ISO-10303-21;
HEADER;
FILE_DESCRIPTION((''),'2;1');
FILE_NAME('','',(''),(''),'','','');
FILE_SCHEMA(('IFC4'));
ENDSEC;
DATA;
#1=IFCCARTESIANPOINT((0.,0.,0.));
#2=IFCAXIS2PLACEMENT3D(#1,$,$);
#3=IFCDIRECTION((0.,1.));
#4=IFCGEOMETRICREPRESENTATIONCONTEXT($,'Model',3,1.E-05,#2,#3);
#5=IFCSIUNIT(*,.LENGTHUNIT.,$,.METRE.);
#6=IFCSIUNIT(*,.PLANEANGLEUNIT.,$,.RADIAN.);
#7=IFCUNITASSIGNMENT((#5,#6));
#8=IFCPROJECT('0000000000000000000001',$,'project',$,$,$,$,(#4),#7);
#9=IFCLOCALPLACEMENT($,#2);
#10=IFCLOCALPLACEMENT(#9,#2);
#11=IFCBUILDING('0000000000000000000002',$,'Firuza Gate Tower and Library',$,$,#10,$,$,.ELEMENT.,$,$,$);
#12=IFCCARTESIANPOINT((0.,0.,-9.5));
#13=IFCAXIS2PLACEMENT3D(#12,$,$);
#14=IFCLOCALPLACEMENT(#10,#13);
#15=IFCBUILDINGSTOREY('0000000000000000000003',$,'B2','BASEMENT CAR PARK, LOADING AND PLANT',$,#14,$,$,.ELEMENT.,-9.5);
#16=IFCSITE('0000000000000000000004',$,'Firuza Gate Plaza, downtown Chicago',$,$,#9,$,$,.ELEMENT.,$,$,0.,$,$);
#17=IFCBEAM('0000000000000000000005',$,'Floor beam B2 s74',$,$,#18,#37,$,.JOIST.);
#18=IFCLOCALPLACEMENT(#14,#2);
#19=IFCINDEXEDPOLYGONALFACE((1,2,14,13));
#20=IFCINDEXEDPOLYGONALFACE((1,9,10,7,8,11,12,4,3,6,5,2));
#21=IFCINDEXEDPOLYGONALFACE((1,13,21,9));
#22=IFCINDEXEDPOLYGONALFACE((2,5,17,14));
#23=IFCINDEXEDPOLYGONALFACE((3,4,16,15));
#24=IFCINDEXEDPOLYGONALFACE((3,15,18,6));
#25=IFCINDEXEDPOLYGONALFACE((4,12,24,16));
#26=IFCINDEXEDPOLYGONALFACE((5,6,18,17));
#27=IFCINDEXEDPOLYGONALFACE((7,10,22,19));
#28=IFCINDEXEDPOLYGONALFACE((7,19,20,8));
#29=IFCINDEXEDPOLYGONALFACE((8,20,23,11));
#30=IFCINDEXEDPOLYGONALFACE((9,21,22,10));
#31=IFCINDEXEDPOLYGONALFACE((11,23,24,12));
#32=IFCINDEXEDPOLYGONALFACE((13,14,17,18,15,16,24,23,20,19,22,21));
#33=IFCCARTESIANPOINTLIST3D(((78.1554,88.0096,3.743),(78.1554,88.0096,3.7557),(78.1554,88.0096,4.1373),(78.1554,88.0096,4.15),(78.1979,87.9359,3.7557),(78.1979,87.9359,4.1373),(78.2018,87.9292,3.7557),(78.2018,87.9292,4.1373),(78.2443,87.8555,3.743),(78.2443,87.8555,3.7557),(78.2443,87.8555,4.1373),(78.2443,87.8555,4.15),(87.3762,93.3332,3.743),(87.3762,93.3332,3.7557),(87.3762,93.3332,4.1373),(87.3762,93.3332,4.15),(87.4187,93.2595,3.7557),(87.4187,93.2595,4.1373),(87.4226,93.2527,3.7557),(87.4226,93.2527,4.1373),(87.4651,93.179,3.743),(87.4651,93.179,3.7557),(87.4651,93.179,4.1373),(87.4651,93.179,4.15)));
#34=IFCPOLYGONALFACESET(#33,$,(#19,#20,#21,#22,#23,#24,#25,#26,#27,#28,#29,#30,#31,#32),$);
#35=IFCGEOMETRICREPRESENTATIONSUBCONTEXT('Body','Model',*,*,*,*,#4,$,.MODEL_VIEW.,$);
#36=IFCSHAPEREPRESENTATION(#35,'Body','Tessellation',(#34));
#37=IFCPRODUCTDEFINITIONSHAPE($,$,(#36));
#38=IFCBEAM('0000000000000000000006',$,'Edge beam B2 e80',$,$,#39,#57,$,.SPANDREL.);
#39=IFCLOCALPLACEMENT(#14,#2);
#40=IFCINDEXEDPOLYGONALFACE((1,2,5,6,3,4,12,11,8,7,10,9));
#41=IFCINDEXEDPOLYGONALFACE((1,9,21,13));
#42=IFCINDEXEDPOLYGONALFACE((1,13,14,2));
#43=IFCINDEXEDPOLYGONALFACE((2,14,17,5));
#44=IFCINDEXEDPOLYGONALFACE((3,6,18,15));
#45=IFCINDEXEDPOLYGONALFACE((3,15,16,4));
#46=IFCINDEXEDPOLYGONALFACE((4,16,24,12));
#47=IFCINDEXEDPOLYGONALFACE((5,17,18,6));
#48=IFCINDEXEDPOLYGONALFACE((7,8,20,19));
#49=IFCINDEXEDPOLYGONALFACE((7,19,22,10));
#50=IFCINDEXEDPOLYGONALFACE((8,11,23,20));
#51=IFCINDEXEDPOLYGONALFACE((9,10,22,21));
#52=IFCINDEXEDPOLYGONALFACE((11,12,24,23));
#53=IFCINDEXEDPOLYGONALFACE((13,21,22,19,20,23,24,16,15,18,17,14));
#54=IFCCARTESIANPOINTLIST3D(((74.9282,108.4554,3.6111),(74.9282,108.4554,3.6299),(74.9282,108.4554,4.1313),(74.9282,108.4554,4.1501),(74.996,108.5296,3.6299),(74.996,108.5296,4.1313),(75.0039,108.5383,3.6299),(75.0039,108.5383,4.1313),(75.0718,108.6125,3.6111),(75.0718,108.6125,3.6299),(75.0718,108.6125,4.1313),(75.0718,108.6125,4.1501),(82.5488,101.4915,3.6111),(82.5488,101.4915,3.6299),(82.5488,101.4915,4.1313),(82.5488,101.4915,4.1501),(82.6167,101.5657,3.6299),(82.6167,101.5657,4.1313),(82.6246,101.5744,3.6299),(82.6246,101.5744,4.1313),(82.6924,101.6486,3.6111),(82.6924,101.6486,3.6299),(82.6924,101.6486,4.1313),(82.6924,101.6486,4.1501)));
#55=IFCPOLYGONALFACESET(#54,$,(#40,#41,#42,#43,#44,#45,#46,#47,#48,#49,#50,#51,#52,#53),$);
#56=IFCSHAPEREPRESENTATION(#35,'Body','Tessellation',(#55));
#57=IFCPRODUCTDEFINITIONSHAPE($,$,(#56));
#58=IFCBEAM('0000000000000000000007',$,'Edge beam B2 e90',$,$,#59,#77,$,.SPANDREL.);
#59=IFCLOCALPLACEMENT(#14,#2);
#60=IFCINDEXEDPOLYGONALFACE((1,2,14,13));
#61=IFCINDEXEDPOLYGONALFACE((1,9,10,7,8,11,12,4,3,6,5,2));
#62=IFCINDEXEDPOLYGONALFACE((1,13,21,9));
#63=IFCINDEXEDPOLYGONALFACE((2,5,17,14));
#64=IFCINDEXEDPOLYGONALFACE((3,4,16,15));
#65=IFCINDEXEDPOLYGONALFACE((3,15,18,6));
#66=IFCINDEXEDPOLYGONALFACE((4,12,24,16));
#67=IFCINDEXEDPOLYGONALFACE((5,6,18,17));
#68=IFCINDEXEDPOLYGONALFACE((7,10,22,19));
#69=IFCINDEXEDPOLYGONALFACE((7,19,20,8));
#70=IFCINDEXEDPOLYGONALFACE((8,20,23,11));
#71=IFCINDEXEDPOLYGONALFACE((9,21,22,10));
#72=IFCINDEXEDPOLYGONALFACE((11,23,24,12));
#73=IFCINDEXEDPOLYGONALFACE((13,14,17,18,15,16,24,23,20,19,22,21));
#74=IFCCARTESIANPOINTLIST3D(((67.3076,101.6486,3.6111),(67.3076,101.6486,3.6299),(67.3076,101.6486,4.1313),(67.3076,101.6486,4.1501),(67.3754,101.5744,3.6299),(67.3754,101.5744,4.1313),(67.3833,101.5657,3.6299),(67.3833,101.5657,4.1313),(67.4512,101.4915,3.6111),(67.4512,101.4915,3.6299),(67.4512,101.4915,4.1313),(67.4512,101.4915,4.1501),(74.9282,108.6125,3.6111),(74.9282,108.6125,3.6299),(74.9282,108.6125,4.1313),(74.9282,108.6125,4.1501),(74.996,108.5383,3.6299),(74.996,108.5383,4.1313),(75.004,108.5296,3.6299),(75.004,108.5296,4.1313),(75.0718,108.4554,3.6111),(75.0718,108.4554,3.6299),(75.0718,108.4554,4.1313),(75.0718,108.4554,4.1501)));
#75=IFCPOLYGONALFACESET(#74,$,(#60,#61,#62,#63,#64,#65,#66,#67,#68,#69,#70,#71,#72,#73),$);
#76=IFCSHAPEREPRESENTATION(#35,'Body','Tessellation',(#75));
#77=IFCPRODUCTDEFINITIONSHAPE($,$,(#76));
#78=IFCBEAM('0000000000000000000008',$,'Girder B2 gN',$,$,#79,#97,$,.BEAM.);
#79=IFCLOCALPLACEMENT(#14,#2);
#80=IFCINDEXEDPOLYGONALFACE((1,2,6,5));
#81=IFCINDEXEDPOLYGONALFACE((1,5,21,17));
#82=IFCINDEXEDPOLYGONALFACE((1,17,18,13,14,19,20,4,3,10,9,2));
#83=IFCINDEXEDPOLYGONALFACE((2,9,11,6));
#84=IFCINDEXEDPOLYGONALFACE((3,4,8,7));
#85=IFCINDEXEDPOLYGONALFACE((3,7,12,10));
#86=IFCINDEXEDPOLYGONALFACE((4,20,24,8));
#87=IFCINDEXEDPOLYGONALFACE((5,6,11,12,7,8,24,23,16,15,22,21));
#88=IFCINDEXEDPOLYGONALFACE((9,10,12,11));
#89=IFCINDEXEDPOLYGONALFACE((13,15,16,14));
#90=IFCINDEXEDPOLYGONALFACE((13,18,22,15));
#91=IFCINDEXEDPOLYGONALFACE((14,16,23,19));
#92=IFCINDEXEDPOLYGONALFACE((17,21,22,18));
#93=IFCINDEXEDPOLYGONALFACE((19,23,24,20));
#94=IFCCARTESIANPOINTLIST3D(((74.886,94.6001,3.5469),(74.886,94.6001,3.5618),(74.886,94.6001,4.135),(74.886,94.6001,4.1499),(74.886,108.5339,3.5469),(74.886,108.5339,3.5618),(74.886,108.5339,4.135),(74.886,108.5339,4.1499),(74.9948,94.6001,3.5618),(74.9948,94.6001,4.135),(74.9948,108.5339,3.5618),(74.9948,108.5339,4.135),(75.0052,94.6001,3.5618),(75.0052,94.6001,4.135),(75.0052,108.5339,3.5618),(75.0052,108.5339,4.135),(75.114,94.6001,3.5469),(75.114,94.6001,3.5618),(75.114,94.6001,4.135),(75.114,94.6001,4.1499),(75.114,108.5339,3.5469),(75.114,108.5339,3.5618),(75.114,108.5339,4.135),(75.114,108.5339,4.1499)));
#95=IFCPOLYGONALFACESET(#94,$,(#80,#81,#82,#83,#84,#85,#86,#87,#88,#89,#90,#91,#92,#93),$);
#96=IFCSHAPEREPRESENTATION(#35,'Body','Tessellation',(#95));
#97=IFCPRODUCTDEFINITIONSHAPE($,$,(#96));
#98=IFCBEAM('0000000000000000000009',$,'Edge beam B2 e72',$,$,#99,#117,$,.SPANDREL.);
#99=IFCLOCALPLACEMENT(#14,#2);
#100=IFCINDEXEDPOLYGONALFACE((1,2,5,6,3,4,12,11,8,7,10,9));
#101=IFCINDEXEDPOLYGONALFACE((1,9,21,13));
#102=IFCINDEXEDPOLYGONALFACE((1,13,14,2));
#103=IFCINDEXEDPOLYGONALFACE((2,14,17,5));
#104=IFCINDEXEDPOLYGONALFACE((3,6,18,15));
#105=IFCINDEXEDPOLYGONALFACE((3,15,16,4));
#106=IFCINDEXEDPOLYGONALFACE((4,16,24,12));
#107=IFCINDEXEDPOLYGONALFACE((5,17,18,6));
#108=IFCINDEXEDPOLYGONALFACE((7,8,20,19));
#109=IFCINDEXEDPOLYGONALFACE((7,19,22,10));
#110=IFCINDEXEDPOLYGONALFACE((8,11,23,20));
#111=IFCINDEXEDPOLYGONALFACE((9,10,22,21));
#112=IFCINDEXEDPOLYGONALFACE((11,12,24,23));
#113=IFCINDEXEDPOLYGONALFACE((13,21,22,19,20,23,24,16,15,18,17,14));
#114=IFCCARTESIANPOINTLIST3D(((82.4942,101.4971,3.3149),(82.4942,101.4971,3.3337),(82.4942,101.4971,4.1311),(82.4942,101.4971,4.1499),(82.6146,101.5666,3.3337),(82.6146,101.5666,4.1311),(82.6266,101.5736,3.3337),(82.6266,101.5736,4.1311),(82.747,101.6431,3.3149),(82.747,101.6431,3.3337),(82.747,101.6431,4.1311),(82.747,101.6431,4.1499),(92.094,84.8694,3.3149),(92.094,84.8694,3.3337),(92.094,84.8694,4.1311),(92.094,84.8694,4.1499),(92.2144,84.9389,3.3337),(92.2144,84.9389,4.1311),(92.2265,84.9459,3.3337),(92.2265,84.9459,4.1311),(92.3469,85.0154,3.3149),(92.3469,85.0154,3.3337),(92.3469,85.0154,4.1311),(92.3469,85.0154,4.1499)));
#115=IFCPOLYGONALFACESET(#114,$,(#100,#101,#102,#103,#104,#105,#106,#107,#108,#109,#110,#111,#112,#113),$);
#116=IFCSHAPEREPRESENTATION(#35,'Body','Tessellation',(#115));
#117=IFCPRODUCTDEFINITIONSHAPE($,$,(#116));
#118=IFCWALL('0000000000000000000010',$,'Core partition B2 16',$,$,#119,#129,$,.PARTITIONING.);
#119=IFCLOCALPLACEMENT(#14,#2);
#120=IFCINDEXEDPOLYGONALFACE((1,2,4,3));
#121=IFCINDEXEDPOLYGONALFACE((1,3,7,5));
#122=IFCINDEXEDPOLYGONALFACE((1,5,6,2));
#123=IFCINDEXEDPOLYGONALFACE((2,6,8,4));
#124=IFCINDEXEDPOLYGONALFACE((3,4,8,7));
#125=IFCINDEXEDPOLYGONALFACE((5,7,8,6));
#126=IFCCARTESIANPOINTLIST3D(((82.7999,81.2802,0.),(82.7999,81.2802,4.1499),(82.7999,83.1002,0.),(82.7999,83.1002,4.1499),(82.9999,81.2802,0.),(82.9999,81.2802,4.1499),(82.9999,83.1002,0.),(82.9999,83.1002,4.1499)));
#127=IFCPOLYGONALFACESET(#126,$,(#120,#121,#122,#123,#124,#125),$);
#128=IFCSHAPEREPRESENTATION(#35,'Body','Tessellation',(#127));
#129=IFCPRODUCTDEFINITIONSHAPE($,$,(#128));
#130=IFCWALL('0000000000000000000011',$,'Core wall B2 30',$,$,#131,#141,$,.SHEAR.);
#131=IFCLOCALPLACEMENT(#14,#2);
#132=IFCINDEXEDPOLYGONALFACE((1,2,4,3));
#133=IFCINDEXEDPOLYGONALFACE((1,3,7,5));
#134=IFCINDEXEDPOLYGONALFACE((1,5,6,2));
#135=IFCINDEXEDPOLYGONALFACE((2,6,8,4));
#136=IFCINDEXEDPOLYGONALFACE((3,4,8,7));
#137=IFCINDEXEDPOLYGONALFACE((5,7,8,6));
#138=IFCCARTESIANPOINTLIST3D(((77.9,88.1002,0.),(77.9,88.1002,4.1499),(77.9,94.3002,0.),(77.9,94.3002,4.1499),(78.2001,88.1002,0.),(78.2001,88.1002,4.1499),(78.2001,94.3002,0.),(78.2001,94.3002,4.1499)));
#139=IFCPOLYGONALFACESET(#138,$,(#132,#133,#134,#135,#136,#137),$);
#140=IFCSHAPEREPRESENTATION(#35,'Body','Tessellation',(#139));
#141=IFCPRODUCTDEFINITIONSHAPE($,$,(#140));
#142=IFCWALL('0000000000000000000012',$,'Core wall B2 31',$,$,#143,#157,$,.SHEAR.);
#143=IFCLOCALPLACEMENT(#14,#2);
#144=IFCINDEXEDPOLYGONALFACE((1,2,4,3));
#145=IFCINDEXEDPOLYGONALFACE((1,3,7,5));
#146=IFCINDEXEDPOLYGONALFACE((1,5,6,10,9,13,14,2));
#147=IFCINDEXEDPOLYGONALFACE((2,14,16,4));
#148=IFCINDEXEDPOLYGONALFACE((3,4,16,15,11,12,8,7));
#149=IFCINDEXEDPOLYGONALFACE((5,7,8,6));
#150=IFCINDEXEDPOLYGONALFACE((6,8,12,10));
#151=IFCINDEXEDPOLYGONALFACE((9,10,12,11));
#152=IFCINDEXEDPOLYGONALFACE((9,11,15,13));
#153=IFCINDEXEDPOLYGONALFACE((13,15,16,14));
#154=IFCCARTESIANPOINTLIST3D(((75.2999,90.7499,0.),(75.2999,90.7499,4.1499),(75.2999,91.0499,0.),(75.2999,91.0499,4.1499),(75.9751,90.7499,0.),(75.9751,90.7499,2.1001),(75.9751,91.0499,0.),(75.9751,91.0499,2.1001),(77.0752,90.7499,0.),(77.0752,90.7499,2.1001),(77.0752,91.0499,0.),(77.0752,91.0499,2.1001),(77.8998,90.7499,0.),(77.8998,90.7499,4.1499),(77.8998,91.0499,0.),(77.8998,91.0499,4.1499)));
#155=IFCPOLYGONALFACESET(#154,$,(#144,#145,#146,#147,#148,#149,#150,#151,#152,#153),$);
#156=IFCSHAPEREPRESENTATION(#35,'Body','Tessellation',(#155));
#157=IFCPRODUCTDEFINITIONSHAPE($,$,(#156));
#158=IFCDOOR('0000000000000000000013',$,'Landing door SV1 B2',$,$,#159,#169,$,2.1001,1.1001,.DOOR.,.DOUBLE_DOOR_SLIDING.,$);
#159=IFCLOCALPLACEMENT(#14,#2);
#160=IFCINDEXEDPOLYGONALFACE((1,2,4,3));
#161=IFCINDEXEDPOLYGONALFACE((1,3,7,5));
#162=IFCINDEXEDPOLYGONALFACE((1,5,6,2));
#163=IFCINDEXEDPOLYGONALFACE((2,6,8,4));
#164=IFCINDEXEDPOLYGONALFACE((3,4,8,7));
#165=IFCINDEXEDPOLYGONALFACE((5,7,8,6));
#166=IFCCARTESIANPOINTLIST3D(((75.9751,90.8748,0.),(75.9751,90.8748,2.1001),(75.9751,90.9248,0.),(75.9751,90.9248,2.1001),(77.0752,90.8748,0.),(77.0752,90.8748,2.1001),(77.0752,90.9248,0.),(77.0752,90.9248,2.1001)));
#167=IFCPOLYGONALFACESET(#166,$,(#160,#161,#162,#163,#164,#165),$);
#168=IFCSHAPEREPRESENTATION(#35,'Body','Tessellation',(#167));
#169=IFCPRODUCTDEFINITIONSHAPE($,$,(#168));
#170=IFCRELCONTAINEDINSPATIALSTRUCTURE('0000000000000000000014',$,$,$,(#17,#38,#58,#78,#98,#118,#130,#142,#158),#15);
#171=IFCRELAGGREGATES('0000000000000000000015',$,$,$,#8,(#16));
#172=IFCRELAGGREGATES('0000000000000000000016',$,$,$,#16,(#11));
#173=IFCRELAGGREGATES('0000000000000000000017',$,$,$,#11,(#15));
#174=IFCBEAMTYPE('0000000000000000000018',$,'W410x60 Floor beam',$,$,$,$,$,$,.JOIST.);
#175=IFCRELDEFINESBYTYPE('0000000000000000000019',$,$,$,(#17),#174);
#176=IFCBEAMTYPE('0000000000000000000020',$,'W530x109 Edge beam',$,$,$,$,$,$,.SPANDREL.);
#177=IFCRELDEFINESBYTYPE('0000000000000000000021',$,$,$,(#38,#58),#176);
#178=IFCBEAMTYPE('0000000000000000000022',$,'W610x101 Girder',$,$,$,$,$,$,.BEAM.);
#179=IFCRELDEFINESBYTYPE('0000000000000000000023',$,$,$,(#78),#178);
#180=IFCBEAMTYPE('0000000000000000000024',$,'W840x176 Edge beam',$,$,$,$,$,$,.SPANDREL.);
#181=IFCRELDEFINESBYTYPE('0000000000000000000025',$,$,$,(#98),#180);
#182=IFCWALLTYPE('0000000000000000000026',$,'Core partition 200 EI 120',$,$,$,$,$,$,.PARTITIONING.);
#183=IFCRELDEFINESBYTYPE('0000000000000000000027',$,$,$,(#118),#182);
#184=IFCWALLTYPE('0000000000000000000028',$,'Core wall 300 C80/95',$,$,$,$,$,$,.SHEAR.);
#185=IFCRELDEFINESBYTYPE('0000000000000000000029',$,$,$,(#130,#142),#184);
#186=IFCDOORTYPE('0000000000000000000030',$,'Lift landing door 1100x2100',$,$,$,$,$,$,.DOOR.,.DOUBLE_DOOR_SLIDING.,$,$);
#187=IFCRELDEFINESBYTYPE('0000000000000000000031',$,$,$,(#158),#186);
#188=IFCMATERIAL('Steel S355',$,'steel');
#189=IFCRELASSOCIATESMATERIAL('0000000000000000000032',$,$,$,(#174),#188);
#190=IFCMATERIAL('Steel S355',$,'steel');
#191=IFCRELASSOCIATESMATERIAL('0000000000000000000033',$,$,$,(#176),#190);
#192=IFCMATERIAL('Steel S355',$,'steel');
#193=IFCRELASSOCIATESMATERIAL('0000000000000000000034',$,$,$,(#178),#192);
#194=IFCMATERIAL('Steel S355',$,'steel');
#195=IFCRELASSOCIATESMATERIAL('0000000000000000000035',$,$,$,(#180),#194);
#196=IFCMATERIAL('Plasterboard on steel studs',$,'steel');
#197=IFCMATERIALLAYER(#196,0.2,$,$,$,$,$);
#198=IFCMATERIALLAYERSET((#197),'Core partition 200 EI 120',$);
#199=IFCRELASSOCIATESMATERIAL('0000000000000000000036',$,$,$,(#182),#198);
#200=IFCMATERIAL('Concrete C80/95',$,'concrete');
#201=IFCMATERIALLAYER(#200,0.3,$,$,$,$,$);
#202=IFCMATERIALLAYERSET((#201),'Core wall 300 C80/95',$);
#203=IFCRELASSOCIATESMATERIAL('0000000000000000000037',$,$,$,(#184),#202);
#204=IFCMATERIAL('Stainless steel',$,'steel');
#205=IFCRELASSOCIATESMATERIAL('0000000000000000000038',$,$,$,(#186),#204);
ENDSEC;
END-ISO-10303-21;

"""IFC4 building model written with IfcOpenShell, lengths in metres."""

from ifc_helpers import new_model, si_unit, direction, frame, frame_2d, origin, origin_2d, place, context, subcontext, project, spatial, rectangle, i_section, extrude, material, layer, layer_set, material_profile, profile_set, type_object, element, fill, save


model = new_model("IFC4")

# Units and contexts
model_context = context("Model", 3, precision=1e-05, world=origin(), true_north=direction((0.0, 1.0)))
body_context = subcontext(model_context, "Body", "Model", "MODEL_VIEW")
ifc_project = project(units=[si_unit("LENGTHUNIT", "METRE"), si_unit("PLANEANGLEUNIT", "RADIAN")], contexts=[model_context])

# Site, building, storey
site_placement = place(None, origin())
site = spatial("IfcSite", under=ifc_project, at=site_placement, Name="Firuza Gate Plaza, downtown Chicago", CompositionType="ELEMENT", RefElevation=0.0)
building_placement = place(site_placement, origin())
building = spatial("IfcBuilding", under=site, at=building_placement, Name="Firuza Gate Tower and Library", CompositionType="ELEMENT")
storey_placement = place(building_placement, frame((0.0, 0.0, -9.5)))
storey = spatial("IfcBuildingStorey", under=building, at=storey_placement, Name="B2", Description="BASEMENT CAR PARK, LOADING AND PLANT", CompositionType="ELEMENT", Elevation=-9.5)

# Beams
ifc_material_1 = material(Name="Steel S355", Category="steel")
ifc_material_profile_1 = material_profile(ifc_material_1, i_section(OverallWidth=0.178, OverallDepth=0.407, WebThickness=0.0078, FlangeThickness=0.0127, at=origin_2d()))
ifc_profile_set_1 = profile_set([ifc_material_profile_1], Name="Steel S355")
beam_type_1 = type_object("IfcBeamType", Name="W410x60 Floor beam", PredefinedType="JOIST", material=ifc_profile_set_1)
beam_1_placement = place(storey_placement, frame((87.4207, 93.2561, 3.9465), z_axis=(-0.866029, -0.499994, 0.0), x_axis=(0.499994, -0.866029, 0.0)))
element("IfcBeam", 1, at=beam_1_placement, inside=storey, type_object=beam_type_1, Name="Floor beam B2 s74", PredefinedType="JOIST", context=body_context, shape_type="SweptSolid", body=[
    extrude(i_section(OverallWidth=0.178, OverallDepth=0.407, WebThickness=0.0078, FlangeThickness=0.0127, at=origin_2d()), origin(), (0.0, 0.0, 1.0), 10.6472),
])
ifc_material_2 = material(Name="Steel S355", Category="steel")
ifc_material_profile_2 = material_profile(ifc_material_2, i_section(OverallWidth=0.2129, OverallDepth=0.5391, WebThickness=0.0117, FlangeThickness=0.0188, at=origin_2d()))
ifc_profile_set_2 = profile_set([ifc_material_profile_2], Name="Steel S355")
beam_type_2 = type_object("IfcBeamType", Name="W530x109 Edge beam", PredefinedType="SPANDREL", material=ifc_profile_set_2)
for number, where, z_axis, x_axis, name in (
    (2, (82.6206, 101.5701, 3.8806), (-0.7382, 0.674582, 0.0), (-0.674582, -0.7382, 0.0), "Edge beam B2 e80"),
    (3, (75.0, 108.5339, 3.8806), (-0.7382, -0.674582, 0.0), (0.674582, -0.7382, 0.0), "Edge beam B2 e90"),
):
    element("IfcBeam", number, at=place(storey_placement, frame(where, z_axis=z_axis, x_axis=x_axis)), inside=storey, type_object=beam_type_2, Name=name, PredefinedType="SPANDREL", context=body_context, shape_type="SweptSolid", body=[
        extrude(i_section(OverallWidth=0.2129, OverallDepth=0.5391, WebThickness=0.0117, FlangeThickness=0.0188, at=origin_2d()), origin(), (0.0, 0.0, 1.0), 10.3232),
    ])
ifc_material_3 = material(Name="Steel S355", Category="steel")
ifc_material_profile_3 = material_profile(ifc_material_3, i_section(OverallWidth=0.228, OverallDepth=0.603, WebThickness=0.0105, FlangeThickness=0.0149, at=origin_2d()))
ifc_profile_set_3 = profile_set([ifc_material_profile_3], Name="Steel S355")
beam_type_3 = type_object("IfcBeamType", Name="W610x101 Girder", PredefinedType="BEAM", material=ifc_profile_set_3)
beam_2_placement = place(storey_placement, frame((75.0, 108.5339, 3.8484), z_axis=(0.0, -1.0, 0.0), x_axis=(1.0, 0.0, 0.0)))
element("IfcBeam", 4, at=beam_2_placement, inside=storey, type_object=beam_type_3, Name="Girder B2 gN", PredefinedType="BEAM", context=body_context, shape_type="SweptSolid", body=[
    extrude(i_section(OverallWidth=0.228, OverallDepth=0.603, WebThickness=0.0105, FlangeThickness=0.0149, at=origin_2d()), origin(), (0.0, 0.0, 1.0), 13.9338),
])
ifc_material_4 = material(Name="Steel S355", Category="steel")
ifc_material_profile_4 = material_profile(ifc_material_4, i_section(OverallWidth=0.292, OverallDepth=0.835, WebThickness=0.0139, FlangeThickness=0.0188, at=origin_2d()))
ifc_profile_set_4 = profile_set([ifc_material_profile_4], Name="Steel S355")
beam_type_4 = type_object("IfcBeamType", Name="W840x176 Edge beam", PredefinedType="SPANDREL", material=ifc_profile_set_4)
beam_3_placement = place(storey_placement, frame((92.2205, 84.9424, 3.7324), z_axis=(-0.499994, 0.866029, 0.0), x_axis=(-0.866029, -0.499994, 0.0)))
element("IfcBeam", 5, at=beam_3_placement, inside=storey, type_object=beam_type_4, Name="Edge beam B2 e72", PredefinedType="SPANDREL", context=body_context, shape_type="SweptSolid", body=[
    extrude(i_section(OverallWidth=0.292, OverallDepth=0.835, WebThickness=0.0139, FlangeThickness=0.0188, at=origin_2d()), origin(), (0.0, 0.0, 1.0), 19.2),
])

# Walls
ifc_material_5 = material(Name="Plasterboard on steel studs", Category="steel")
ifc_layer_1 = layer(ifc_material_5, 0.2)
ifc_layer_set_1 = layer_set([ifc_layer_1], Name="Core partition 200 EI 120")
wall_type_1 = type_object("IfcWallType", Name="Core partition 200 EI 120", PredefinedType="PARTITIONING", material=ifc_layer_set_1)
wall_1_placement = place(storey_placement, frame((82.8999, 81.28, 0.0), z_axis=(0.0, 0.0, 1.0), x_axis=(0.0, 1.0, 0.0)))
element("IfcWall", 6, at=wall_1_placement, inside=storey, type_object=wall_type_1, Name="Core partition B2 16", PredefinedType="PARTITIONING", context=body_context, shape_type="SweptSolid", body=[
    extrude(rectangle(XDim=1.8201, YDim=0.2, at=frame_2d((0.9102, 0.0))), origin(), (0.0, 0.0, 1.0), 4.1499),
])
ifc_material_6 = material(Name="Concrete C80/95", Category="concrete")
ifc_layer_2 = layer(ifc_material_6, 0.3)
ifc_layer_set_2 = layer_set([ifc_layer_2], Name="Core wall 300 C80/95")
wall_type_2 = type_object("IfcWallType", Name="Core wall 300 C80/95", PredefinedType="SHEAR", material=ifc_layer_set_2)
wall_2_placement = place(storey_placement, frame((78.05, 88.1001, 0.0), z_axis=(0.0, 0.0, 1.0), x_axis=(0.0, 1.0, 0.0)))
element("IfcWall", 7, at=wall_2_placement, inside=storey, type_object=wall_type_2, Name="Core wall B2 30", PredefinedType="SHEAR", context=body_context, shape_type="SweptSolid", body=[
    extrude(rectangle(XDim=6.2, YDim=0.3, at=frame_2d((3.1001, 0.0))), origin(), (0.0, 0.0, 1.0), 4.1499),
])

# Wall, opening, door
wall_3_placement = place(storey_placement, frame((75.3, 90.8999, 0.0), z_axis=(0.0, 0.0, 1.0), x_axis=(1.0, 0.0, 0.0)))
wall_3 = element("IfcWall", 8, at=wall_3_placement, inside=storey, type_object=wall_type_2, Name="Core wall B2 31", PredefinedType="SHEAR", context=body_context, shape_type="SweptSolid", body=[
    extrude(rectangle(XDim=2.5999, YDim=0.3, at=frame_2d((1.2998, 0.0))), origin(), (0.0, 0.0, 1.0), 4.1499),
])
opening_1_placement = place(wall_3_placement, frame((0.675, 0.0, 0.0)))
opening_1 = element("IfcOpeningElement", 9, at=opening_1_placement, cuts=wall_3, PredefinedType="OPENING", context=body_context, shape_type="SweptSolid", body=[
    extrude(rectangle(XDim=1.1001, YDim=2.1001, at=frame_2d((0.55, 1.05))), frame((0.0, 0.1602, 0.0), z_axis=(0.0, -1.0, 0.0), x_axis=(1.0, 0.0, 0.0)), (0.0, 0.0, 1.0), 0.3201),
])
ifc_material_7 = material(Name="Stainless steel", Category="steel")
door_type_1 = type_object("IfcDoorType", Name="Lift landing door 1100x2100", OperationType="DOUBLE_DOOR_SLIDING", PredefinedType="DOOR", material=ifc_material_7)
door_1_placement = place(opening_1_placement, origin())
door_1 = element("IfcDoor", 10, at=door_1_placement, inside=storey, type_object=door_type_1, Name="Landing door SV1 B2", OperationType="DOUBLE_DOOR_SLIDING", OverallHeight=2.1001, OverallWidth=1.1001, PredefinedType="DOOR", context=body_context, shape_type="SweptSolid", body=[
    extrude(rectangle(XDim=1.1001, YDim=2.1001, at=frame_2d((0.55, 1.05))), frame((0.0, 0.0249, 0.0), z_axis=(0.0, -1.0, 0.0), x_axis=(1.0, 0.0, 0.0)), (0.0, 0.0, 1.0), 0.05),
])
fill(opening_1, door_1)

save(model, "model.ifc")
